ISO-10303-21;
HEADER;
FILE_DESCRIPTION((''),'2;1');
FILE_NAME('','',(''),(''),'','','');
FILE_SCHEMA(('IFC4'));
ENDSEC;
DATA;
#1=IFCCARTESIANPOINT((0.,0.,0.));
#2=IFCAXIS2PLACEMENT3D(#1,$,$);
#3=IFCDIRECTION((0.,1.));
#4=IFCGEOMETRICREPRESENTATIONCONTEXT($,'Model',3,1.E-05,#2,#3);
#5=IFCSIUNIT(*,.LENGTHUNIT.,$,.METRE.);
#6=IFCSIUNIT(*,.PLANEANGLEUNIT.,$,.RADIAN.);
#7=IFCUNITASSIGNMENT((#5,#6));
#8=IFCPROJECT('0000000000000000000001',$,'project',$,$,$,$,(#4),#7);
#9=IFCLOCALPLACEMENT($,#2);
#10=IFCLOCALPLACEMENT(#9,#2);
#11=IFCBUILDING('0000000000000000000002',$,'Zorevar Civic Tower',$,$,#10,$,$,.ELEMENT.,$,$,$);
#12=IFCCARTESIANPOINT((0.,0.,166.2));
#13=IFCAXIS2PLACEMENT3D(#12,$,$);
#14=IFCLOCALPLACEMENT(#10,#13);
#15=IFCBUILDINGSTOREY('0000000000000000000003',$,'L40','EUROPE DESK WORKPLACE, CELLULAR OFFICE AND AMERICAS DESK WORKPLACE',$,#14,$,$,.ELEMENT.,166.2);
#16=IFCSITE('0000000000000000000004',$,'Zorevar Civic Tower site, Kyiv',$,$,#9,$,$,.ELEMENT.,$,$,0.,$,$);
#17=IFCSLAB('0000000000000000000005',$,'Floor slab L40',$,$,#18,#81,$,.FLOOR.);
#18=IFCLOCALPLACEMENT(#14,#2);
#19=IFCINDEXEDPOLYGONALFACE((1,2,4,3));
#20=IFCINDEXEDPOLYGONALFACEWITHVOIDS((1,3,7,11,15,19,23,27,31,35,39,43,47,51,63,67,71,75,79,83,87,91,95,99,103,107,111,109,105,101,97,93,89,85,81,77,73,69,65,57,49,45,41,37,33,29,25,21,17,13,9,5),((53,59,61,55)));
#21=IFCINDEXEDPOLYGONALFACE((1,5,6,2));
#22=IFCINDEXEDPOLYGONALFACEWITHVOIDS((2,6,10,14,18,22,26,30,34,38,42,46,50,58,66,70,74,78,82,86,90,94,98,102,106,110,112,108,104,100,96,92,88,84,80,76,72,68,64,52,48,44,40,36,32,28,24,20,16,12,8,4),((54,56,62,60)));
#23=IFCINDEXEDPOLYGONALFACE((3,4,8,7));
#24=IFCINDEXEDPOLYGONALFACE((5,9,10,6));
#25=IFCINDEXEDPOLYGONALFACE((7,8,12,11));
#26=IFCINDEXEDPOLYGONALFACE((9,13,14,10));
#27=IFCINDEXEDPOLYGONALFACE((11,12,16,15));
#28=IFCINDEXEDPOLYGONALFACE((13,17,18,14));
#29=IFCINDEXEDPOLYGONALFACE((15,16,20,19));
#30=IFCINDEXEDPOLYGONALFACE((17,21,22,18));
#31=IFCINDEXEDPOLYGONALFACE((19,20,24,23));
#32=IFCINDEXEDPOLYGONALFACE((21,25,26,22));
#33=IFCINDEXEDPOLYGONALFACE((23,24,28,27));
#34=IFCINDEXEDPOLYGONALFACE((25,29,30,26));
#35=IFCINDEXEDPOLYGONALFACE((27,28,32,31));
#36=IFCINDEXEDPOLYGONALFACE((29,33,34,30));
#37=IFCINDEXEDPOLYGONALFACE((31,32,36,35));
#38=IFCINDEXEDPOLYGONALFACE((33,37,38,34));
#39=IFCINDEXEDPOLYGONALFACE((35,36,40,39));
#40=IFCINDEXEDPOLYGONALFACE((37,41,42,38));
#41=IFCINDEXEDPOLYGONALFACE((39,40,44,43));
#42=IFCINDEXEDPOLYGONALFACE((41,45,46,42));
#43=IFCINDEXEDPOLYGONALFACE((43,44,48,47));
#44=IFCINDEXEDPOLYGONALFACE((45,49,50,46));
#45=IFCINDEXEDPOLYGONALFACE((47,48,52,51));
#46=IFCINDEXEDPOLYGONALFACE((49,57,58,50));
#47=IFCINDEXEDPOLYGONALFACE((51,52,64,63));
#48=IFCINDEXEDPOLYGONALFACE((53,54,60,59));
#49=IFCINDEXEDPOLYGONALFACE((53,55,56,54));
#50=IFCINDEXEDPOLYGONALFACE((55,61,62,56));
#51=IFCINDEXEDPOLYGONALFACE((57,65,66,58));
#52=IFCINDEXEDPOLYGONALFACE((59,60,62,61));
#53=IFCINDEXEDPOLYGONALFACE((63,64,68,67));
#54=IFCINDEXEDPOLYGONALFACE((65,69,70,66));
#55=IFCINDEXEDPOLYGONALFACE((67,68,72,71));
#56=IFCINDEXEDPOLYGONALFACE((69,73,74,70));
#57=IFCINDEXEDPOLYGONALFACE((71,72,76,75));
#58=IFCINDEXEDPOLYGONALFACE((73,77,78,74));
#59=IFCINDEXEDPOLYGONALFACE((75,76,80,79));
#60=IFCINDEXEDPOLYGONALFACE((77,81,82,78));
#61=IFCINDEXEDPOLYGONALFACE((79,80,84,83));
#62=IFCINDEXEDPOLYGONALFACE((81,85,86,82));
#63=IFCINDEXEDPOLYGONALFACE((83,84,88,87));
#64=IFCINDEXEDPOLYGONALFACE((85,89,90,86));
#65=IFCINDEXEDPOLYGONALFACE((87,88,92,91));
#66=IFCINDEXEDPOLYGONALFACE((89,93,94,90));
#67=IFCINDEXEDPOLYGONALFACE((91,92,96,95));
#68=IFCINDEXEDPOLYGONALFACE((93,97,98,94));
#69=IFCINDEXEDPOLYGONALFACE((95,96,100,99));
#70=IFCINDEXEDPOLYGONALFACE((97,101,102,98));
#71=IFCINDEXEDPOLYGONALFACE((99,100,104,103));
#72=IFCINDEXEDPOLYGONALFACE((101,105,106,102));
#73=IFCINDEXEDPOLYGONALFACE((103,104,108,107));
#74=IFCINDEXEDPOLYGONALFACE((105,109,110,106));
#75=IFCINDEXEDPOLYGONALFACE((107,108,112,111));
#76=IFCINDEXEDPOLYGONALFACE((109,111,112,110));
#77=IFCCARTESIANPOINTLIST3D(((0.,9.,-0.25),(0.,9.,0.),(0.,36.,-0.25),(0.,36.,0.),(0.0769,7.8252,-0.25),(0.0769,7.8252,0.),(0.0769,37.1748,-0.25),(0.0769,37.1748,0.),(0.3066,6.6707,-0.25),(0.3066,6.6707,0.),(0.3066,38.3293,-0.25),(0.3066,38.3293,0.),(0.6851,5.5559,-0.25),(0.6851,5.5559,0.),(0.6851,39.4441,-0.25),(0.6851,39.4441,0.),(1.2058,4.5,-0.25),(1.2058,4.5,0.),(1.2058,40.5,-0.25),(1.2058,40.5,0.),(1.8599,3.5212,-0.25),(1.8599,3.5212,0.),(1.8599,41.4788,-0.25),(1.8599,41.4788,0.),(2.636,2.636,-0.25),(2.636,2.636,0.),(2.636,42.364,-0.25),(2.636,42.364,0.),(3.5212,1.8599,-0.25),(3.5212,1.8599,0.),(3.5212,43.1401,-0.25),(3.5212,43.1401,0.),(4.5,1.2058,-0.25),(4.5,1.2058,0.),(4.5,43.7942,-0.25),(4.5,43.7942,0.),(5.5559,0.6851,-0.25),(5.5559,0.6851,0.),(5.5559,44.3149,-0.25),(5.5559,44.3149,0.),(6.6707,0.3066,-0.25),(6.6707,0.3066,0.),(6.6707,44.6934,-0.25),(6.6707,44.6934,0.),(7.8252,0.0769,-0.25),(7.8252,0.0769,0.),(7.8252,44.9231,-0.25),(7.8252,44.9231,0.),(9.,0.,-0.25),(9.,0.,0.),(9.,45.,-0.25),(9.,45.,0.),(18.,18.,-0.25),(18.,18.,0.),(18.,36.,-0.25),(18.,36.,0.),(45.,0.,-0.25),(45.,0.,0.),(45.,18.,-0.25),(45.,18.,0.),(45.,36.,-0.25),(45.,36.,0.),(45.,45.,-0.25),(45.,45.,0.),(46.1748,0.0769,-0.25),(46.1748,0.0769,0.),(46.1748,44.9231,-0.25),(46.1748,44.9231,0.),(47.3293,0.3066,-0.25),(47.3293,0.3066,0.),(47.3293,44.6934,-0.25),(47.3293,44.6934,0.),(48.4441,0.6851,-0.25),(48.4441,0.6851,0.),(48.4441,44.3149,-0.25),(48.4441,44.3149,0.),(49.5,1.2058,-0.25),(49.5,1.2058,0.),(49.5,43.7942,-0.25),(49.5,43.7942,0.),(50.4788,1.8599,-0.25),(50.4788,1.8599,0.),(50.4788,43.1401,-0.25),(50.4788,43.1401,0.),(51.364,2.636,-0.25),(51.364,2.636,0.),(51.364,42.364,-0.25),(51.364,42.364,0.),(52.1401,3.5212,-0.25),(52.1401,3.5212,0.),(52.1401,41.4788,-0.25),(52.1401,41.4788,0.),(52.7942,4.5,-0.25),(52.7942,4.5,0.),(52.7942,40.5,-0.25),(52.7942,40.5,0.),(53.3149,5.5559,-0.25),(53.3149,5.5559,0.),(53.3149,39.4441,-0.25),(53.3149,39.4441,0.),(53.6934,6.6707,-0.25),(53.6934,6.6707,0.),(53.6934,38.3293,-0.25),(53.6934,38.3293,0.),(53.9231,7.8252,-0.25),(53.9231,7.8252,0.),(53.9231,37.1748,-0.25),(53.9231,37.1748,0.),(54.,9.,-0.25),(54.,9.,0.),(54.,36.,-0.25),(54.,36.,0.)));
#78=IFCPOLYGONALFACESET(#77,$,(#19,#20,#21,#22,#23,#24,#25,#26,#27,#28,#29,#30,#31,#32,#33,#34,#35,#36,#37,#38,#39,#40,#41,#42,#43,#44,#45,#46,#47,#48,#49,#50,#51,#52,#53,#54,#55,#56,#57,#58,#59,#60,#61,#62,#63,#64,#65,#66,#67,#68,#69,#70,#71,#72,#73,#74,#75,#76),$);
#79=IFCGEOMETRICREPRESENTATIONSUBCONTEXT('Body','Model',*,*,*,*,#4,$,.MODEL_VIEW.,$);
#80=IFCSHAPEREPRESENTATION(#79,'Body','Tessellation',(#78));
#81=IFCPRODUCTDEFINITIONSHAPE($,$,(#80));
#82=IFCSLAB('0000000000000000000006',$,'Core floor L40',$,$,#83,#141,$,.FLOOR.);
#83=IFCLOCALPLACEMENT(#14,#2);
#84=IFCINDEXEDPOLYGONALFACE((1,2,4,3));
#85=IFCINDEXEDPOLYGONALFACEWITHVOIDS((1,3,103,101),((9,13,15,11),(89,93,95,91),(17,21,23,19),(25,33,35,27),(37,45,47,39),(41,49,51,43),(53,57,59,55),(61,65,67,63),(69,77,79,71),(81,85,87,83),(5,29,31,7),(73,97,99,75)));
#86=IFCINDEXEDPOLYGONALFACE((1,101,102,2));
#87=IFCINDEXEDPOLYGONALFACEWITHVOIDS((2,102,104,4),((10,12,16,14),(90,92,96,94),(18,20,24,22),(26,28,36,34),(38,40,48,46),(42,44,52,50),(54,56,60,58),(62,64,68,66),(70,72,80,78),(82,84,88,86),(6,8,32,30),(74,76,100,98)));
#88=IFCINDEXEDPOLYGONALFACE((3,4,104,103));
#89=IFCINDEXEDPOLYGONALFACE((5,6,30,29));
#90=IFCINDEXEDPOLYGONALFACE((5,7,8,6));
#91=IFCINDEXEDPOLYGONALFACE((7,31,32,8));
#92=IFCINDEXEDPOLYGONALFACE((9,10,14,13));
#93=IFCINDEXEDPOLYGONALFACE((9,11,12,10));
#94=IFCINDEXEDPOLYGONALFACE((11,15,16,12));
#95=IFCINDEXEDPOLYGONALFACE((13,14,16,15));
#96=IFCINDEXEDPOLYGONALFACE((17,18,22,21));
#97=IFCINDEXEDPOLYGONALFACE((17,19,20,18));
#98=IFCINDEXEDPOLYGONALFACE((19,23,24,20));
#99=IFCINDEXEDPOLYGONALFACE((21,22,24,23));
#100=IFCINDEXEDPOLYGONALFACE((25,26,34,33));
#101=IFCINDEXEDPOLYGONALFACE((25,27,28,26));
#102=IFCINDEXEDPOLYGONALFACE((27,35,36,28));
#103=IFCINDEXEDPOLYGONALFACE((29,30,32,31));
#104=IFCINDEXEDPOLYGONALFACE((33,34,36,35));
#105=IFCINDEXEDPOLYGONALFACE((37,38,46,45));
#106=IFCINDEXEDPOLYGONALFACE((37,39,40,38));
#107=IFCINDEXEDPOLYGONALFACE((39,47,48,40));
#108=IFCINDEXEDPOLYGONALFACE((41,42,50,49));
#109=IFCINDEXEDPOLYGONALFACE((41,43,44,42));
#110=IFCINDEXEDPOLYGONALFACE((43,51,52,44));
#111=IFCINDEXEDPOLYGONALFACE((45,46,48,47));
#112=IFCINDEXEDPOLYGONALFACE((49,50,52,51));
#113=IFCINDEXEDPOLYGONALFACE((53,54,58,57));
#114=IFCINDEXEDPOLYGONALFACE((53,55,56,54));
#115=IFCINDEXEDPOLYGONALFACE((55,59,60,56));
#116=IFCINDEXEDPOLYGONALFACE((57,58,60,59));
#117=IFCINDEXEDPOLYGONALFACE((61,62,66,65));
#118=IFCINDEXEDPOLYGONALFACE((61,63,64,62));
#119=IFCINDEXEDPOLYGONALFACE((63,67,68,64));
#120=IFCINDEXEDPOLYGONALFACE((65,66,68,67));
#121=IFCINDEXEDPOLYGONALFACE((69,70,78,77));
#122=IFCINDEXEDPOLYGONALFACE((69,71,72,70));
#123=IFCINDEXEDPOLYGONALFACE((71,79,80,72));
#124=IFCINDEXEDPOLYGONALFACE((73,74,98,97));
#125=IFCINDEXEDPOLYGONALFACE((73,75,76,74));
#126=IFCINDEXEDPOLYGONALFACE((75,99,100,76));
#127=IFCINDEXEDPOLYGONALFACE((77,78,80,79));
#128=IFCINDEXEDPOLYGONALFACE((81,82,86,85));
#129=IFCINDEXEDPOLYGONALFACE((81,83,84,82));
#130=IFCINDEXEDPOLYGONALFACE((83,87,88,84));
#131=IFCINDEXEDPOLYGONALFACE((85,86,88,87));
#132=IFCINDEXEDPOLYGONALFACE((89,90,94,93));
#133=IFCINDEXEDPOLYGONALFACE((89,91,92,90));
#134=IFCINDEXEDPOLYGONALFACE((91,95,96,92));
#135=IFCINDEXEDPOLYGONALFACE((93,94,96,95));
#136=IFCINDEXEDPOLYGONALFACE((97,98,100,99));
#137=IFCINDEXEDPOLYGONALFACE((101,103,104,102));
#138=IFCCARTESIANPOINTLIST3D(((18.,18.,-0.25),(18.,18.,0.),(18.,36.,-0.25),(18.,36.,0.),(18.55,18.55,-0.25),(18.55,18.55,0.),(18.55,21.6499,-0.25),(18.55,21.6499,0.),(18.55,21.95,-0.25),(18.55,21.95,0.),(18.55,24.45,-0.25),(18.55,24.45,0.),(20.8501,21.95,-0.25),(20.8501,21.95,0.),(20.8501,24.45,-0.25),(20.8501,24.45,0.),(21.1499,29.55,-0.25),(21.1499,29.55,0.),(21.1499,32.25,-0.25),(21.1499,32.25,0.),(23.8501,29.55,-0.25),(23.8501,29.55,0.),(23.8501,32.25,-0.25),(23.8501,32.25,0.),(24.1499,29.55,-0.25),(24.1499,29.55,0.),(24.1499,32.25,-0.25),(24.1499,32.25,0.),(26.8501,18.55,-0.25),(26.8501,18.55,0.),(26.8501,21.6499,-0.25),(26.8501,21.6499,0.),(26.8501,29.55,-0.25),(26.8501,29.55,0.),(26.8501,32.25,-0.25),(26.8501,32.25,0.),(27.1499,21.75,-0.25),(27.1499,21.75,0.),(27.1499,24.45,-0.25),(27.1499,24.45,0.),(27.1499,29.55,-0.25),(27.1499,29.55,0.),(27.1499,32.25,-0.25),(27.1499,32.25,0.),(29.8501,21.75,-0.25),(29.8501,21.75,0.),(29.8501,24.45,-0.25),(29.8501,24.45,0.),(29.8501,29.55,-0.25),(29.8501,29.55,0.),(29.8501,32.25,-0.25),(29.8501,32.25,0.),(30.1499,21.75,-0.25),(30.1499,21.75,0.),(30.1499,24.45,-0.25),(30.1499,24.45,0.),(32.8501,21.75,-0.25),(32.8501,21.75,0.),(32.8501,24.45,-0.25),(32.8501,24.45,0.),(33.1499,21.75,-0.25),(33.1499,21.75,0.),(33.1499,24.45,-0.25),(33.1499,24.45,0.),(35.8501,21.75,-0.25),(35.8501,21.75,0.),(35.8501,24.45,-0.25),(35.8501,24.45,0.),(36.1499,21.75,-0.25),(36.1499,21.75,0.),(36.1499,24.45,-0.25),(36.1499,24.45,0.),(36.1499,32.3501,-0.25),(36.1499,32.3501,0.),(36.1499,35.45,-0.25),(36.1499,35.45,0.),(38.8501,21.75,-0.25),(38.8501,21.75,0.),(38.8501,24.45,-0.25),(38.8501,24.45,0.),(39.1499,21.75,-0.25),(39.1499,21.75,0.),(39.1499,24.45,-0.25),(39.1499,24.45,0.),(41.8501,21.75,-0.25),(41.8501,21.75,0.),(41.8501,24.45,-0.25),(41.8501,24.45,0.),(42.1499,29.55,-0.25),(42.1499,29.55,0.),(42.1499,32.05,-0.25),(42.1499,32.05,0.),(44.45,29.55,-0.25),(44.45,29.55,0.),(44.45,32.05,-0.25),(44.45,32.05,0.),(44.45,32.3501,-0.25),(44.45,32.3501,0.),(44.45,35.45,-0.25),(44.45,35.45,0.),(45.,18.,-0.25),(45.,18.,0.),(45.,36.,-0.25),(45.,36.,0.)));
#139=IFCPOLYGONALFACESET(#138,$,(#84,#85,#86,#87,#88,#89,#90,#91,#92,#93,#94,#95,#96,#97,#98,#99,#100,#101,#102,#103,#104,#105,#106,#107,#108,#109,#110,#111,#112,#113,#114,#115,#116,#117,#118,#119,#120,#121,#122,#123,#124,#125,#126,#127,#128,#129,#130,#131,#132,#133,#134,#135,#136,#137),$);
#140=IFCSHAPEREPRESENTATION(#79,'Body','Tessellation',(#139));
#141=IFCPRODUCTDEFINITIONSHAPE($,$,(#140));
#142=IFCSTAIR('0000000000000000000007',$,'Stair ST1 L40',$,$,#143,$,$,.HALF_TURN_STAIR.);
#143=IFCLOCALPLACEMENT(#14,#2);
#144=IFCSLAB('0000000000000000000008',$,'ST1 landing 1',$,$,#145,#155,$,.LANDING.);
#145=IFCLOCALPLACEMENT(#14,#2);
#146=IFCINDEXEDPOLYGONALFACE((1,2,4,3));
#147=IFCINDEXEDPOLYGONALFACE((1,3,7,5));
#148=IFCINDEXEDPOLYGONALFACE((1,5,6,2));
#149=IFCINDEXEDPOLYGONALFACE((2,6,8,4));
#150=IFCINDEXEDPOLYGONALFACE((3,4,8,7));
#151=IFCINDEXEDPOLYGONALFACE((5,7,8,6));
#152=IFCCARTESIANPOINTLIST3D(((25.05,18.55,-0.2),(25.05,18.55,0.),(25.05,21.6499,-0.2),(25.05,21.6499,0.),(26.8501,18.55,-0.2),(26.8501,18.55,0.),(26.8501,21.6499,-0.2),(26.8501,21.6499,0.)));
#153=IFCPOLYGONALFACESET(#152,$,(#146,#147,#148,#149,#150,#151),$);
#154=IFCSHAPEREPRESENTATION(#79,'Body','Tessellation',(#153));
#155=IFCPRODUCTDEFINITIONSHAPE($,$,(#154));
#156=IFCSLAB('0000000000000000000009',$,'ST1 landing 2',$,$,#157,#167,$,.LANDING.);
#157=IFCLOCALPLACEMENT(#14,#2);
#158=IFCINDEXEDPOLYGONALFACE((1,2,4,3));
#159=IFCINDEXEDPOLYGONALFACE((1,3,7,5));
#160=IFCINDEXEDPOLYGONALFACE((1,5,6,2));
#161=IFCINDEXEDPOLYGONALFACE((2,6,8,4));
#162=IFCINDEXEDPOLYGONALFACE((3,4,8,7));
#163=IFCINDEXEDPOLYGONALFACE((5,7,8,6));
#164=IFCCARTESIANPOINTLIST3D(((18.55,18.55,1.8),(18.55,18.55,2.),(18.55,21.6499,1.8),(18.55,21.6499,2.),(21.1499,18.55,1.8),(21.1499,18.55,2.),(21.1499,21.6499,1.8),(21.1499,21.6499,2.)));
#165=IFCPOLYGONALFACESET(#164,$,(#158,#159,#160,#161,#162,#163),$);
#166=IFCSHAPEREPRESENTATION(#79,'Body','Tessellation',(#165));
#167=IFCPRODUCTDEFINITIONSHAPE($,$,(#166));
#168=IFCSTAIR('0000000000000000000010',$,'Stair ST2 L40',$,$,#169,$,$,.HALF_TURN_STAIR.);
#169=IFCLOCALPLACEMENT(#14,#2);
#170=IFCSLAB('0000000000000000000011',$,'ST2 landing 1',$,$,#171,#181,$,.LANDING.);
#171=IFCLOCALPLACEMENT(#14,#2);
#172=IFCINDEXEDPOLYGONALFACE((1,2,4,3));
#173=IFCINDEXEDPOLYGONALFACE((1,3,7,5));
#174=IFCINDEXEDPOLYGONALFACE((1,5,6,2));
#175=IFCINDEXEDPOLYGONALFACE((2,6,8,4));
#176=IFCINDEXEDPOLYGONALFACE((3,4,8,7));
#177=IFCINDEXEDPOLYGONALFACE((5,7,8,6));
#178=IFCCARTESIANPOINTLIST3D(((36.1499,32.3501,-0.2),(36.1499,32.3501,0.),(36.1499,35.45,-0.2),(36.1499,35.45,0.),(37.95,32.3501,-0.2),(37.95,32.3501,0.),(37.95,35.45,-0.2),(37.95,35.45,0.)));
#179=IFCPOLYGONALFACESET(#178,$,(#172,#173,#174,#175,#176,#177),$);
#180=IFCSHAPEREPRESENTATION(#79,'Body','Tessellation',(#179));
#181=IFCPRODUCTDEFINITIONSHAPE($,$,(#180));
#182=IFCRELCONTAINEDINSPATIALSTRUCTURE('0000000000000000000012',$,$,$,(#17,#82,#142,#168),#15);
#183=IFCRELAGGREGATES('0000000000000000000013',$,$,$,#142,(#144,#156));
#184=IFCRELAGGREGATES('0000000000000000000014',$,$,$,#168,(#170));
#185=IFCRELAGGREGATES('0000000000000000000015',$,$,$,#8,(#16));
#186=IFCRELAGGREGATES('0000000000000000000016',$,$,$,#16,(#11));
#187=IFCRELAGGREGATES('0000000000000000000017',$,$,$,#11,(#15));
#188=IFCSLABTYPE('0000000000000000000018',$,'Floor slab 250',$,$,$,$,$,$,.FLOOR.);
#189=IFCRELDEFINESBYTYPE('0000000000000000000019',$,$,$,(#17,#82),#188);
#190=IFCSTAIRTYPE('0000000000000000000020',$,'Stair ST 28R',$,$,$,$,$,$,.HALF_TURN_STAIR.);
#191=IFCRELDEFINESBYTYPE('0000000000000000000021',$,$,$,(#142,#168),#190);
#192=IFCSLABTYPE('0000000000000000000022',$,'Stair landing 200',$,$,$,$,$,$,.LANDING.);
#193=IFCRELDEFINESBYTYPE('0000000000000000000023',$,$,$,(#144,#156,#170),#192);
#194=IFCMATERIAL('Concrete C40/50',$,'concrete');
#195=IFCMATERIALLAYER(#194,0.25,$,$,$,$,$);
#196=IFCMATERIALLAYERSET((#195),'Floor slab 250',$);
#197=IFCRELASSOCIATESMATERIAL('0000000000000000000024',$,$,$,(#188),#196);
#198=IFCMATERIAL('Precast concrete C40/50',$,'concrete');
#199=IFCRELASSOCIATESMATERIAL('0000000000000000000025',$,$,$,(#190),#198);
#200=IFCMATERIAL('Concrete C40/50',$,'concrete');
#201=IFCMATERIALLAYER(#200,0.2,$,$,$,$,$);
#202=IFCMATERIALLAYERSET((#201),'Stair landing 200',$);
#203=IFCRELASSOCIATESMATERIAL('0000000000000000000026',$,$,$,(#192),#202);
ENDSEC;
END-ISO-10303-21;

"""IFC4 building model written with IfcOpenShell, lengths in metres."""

from ifc_helpers import new_model, si_unit, direction, frame, origin, place, context, subcontext, project, spatial, polyline, outline, extrude, material, layer, layer_set, type_object, element, aggregate, save


model = new_model("IFC4")

# Units and contexts
model_context = context("Model", 3, precision=1e-05, world=origin(), true_north=direction((0.0, 1.0)))
body_context = subcontext(model_context, "Body", "Model", "MODEL_VIEW")
ifc_project = project(units=[si_unit("LENGTHUNIT", "METRE"), si_unit("PLANEANGLEUNIT", "RADIAN")], contexts=[model_context])

# Site, building, storey
site_placement = place(None, origin())
site = spatial("IfcSite", under=ifc_project, at=site_placement, Name="Zorevar Civic Tower site, Kyiv", CompositionType="ELEMENT", RefElevation=0.0)
building_placement = place(site_placement, origin())
building = spatial("IfcBuilding", under=site, at=building_placement, Name="Zorevar Civic Tower", CompositionType="ELEMENT")
storey_placement = place(building_placement, frame((0.0, 0.0, 166.2)))
storey = spatial("IfcBuildingStorey", under=building, at=storey_placement, Name="L40", Description="EUROPE DESK WORKPLACE, CELLULAR OFFICE AND AMERICAS DESK WORKPLACE", CompositionType="ELEMENT", Elevation=166.2)

# Slabs
ifc_material_1 = material(Name="Concrete C40/50", Category="concrete")
ifc_layer_1 = layer(ifc_material_1, 0.25)
ifc_layer_set_1 = layer_set([ifc_layer_1], Name="Floor slab 250")
slab_type_1 = type_object("IfcSlabType", Name="Floor slab 250", PredefinedType="FLOOR", material=ifc_layer_set_1)
slab_1_placement = place(storey_placement, frame((0.0, 0.0, -0.25)))
element("IfcSlab", 1, at=slab_1_placement, inside=storey, type_object=slab_type_1, Name="Floor slab L40", PredefinedType="FLOOR", context=body_context, shape_type="SweptSolid", body=[
    extrude(outline(polyline([(45.0, 0.0), (46.1748, 0.0769), (47.3293, 0.3066), (48.4441, 0.6851), (49.5, 1.2058), (50.4788, 1.8599), (51.364, 2.636), (52.1401, 3.5212), (52.7942, 4.5), (53.3149, 5.5559), (53.6934, 6.6707), (53.9231, 7.8252), (54.0, 9.0), (54.0, 36.0), (53.9231, 37.1748), (53.6934, 38.3293), (53.3149, 39.4441), (52.7942, 40.5), (52.1401, 41.4788), (51.364, 42.364), (50.4788, 43.1401), (49.5, 43.7942), (48.4441, 44.3149), (47.3293, 44.6934), (46.1748, 44.9231), (45.0, 45.0), (9.0, 45.0), (7.8252, 44.9231), (6.6707, 44.6934), (5.5559, 44.3149), (4.5, 43.7942), (3.5212, 43.1401), (2.636, 42.364), (1.8599, 41.4788), (1.2058, 40.5), (0.6851, 39.4441), (0.3066, 38.3293), (0.0769, 37.1748), (0.0, 36.0), (0.0, 9.0), (0.0769, 7.8252), (0.3066, 6.6707), (0.6851, 5.5559), (1.2058, 4.5), (1.8599, 3.5212), (2.636, 2.636), (3.5212, 1.8599), (4.5, 1.2058), (5.5559, 0.6851), (6.6707, 0.3066), (7.8252, 0.0769), (9.0, 0.0), (45.0, 0.0)]), holes=[polyline([(18.0, 18.0), (45.0, 18.0), (45.0, 36.0), (18.0, 36.0), (18.0, 18.0)])]), origin(), (0.0, 0.0, 1.0), 0.25),
])
slab_2_placement = place(storey_placement, frame((0.0, 0.0, -0.25)))
element("IfcSlab", 2, at=slab_2_placement, inside=storey, type_object=slab_type_1, Name="Core floor L40", PredefinedType="FLOOR", context=body_context, shape_type="SweptSolid", body=[
    extrude(outline(polyline([(18.0, 18.0), (45.0, 18.0), (45.0, 36.0), (18.0, 36.0), (18.0, 18.0)]), holes=[polyline([(18.55, 18.55), (26.8501, 18.55), (26.8501, 21.6499), (18.55, 21.6499), (18.55, 18.55)]), polyline([(36.1499, 32.3501), (44.45, 32.3501), (44.45, 35.45), (36.1499, 35.45), (36.1499, 32.3501)]), polyline([(18.55, 21.95), (20.8501, 21.95), (20.8501, 24.45), (18.55, 24.45), (18.55, 21.95)]), polyline([(42.1499, 29.55), (44.45, 29.55), (44.45, 32.05), (42.1499, 32.05), (42.1499, 29.55)]), polyline([(27.1499, 21.75), (29.8501, 21.75), (29.8501, 24.45), (27.1499, 24.45), (27.1499, 21.75)]), polyline([(30.1499, 21.75), (32.8501, 21.75), (32.8501, 24.45), (30.1499, 24.45), (30.1499, 21.75)]), polyline([(33.1499, 21.75), (35.8501, 21.75), (35.8501, 24.45), (33.1499, 24.45), (33.1499, 21.75)]), polyline([(27.1499, 29.55), (29.8501, 29.55), (29.8501, 32.25), (27.1499, 32.25), (27.1499, 29.55)]), polyline([(36.1499, 21.75), (38.8501, 21.75), (38.8501, 24.45), (36.1499, 24.45), (36.1499, 21.75)]), polyline([(24.1499, 29.55), (26.8501, 29.55), (26.8501, 32.25), (24.1499, 32.25), (24.1499, 29.55)]), polyline([(39.1499, 21.75), (41.8501, 21.75), (41.8501, 24.45), (39.1499, 24.45), (39.1499, 21.75)]), polyline([(21.1499, 29.55), (23.8501, 29.55), (23.8501, 32.25), (21.1499, 32.25), (21.1499, 29.55)])]), origin(), (0.0, 0.0, 1.0), 0.25),
])

# Stairs, slabs
ifc_material_2 = material(Name="Precast concrete C40/50", Category="concrete")
stair_type = type_object("IfcStairType", Name="Stair ST 28R", PredefinedType="HALF_TURN_STAIR", material=ifc_material_2)
stair_1_placement = place(storey_placement, origin())
stair_1 = element("IfcStair", 3, at=stair_1_placement, inside=storey, type_object=stair_type, Name="Stair ST1 L40", PredefinedType="HALF_TURN_STAIR")
ifc_material_3 = material(Name="Concrete C40/50", Category="concrete")
ifc_layer_2 = layer(ifc_material_3, 0.2)
ifc_layer_set_2 = layer_set([ifc_layer_2], Name="Stair landing 200")
slab_type_2 = type_object("IfcSlabType", Name="Stair landing 200", PredefinedType="LANDING", material=ifc_layer_set_2)
slab_3_placement = place(storey_placement, frame((0.0, 0.0, -0.2)))
slab_3 = element("IfcSlab", 4, at=slab_3_placement, type_object=slab_type_2, Name="ST1 landing 1", PredefinedType="LANDING", context=body_context, shape_type="SweptSolid", body=[
    extrude(outline(polyline([(25.05, 18.55), (26.8501, 18.55), (26.8501, 21.6499), (25.05, 21.6499), (25.05, 18.55)])), origin(), (0.0, 0.0, 1.0), 0.2),
])
slab_4_placement = place(storey_placement, frame((0.0, 0.0, 1.8)))
slab_4 = element("IfcSlab", 5, at=slab_4_placement, type_object=slab_type_2, Name="ST1 landing 2", PredefinedType="LANDING", context=body_context, shape_type="SweptSolid", body=[
    extrude(outline(polyline([(18.55, 18.55), (21.1499, 18.55), (21.1499, 21.6499), (18.55, 21.6499), (18.55, 18.55)])), origin(), (0.0, 0.0, 1.0), 0.2),
])
aggregate(stair_1, [slab_3, slab_4])
stair_2_placement = place(storey_placement, origin())
stair_2 = element("IfcStair", 6, at=stair_2_placement, inside=storey, type_object=stair_type, Name="Stair ST2 L40", PredefinedType="HALF_TURN_STAIR")
slab_5_placement = place(storey_placement, frame((0.0, 0.0, -0.2)))
slab_5 = element("IfcSlab", 7, at=slab_5_placement, type_object=slab_type_2, Name="ST2 landing 1", PredefinedType="LANDING", context=body_context, shape_type="SweptSolid", body=[
    extrude(outline(polyline([(37.95, 32.3501), (36.1499, 32.3501), (36.1499, 35.45), (37.95, 35.45), (37.95, 32.3501)])), origin(), (0.0, 0.0, 1.0), 0.2),
])
aggregate(stair_2, [slab_5])

save(model, "model.ifc")
